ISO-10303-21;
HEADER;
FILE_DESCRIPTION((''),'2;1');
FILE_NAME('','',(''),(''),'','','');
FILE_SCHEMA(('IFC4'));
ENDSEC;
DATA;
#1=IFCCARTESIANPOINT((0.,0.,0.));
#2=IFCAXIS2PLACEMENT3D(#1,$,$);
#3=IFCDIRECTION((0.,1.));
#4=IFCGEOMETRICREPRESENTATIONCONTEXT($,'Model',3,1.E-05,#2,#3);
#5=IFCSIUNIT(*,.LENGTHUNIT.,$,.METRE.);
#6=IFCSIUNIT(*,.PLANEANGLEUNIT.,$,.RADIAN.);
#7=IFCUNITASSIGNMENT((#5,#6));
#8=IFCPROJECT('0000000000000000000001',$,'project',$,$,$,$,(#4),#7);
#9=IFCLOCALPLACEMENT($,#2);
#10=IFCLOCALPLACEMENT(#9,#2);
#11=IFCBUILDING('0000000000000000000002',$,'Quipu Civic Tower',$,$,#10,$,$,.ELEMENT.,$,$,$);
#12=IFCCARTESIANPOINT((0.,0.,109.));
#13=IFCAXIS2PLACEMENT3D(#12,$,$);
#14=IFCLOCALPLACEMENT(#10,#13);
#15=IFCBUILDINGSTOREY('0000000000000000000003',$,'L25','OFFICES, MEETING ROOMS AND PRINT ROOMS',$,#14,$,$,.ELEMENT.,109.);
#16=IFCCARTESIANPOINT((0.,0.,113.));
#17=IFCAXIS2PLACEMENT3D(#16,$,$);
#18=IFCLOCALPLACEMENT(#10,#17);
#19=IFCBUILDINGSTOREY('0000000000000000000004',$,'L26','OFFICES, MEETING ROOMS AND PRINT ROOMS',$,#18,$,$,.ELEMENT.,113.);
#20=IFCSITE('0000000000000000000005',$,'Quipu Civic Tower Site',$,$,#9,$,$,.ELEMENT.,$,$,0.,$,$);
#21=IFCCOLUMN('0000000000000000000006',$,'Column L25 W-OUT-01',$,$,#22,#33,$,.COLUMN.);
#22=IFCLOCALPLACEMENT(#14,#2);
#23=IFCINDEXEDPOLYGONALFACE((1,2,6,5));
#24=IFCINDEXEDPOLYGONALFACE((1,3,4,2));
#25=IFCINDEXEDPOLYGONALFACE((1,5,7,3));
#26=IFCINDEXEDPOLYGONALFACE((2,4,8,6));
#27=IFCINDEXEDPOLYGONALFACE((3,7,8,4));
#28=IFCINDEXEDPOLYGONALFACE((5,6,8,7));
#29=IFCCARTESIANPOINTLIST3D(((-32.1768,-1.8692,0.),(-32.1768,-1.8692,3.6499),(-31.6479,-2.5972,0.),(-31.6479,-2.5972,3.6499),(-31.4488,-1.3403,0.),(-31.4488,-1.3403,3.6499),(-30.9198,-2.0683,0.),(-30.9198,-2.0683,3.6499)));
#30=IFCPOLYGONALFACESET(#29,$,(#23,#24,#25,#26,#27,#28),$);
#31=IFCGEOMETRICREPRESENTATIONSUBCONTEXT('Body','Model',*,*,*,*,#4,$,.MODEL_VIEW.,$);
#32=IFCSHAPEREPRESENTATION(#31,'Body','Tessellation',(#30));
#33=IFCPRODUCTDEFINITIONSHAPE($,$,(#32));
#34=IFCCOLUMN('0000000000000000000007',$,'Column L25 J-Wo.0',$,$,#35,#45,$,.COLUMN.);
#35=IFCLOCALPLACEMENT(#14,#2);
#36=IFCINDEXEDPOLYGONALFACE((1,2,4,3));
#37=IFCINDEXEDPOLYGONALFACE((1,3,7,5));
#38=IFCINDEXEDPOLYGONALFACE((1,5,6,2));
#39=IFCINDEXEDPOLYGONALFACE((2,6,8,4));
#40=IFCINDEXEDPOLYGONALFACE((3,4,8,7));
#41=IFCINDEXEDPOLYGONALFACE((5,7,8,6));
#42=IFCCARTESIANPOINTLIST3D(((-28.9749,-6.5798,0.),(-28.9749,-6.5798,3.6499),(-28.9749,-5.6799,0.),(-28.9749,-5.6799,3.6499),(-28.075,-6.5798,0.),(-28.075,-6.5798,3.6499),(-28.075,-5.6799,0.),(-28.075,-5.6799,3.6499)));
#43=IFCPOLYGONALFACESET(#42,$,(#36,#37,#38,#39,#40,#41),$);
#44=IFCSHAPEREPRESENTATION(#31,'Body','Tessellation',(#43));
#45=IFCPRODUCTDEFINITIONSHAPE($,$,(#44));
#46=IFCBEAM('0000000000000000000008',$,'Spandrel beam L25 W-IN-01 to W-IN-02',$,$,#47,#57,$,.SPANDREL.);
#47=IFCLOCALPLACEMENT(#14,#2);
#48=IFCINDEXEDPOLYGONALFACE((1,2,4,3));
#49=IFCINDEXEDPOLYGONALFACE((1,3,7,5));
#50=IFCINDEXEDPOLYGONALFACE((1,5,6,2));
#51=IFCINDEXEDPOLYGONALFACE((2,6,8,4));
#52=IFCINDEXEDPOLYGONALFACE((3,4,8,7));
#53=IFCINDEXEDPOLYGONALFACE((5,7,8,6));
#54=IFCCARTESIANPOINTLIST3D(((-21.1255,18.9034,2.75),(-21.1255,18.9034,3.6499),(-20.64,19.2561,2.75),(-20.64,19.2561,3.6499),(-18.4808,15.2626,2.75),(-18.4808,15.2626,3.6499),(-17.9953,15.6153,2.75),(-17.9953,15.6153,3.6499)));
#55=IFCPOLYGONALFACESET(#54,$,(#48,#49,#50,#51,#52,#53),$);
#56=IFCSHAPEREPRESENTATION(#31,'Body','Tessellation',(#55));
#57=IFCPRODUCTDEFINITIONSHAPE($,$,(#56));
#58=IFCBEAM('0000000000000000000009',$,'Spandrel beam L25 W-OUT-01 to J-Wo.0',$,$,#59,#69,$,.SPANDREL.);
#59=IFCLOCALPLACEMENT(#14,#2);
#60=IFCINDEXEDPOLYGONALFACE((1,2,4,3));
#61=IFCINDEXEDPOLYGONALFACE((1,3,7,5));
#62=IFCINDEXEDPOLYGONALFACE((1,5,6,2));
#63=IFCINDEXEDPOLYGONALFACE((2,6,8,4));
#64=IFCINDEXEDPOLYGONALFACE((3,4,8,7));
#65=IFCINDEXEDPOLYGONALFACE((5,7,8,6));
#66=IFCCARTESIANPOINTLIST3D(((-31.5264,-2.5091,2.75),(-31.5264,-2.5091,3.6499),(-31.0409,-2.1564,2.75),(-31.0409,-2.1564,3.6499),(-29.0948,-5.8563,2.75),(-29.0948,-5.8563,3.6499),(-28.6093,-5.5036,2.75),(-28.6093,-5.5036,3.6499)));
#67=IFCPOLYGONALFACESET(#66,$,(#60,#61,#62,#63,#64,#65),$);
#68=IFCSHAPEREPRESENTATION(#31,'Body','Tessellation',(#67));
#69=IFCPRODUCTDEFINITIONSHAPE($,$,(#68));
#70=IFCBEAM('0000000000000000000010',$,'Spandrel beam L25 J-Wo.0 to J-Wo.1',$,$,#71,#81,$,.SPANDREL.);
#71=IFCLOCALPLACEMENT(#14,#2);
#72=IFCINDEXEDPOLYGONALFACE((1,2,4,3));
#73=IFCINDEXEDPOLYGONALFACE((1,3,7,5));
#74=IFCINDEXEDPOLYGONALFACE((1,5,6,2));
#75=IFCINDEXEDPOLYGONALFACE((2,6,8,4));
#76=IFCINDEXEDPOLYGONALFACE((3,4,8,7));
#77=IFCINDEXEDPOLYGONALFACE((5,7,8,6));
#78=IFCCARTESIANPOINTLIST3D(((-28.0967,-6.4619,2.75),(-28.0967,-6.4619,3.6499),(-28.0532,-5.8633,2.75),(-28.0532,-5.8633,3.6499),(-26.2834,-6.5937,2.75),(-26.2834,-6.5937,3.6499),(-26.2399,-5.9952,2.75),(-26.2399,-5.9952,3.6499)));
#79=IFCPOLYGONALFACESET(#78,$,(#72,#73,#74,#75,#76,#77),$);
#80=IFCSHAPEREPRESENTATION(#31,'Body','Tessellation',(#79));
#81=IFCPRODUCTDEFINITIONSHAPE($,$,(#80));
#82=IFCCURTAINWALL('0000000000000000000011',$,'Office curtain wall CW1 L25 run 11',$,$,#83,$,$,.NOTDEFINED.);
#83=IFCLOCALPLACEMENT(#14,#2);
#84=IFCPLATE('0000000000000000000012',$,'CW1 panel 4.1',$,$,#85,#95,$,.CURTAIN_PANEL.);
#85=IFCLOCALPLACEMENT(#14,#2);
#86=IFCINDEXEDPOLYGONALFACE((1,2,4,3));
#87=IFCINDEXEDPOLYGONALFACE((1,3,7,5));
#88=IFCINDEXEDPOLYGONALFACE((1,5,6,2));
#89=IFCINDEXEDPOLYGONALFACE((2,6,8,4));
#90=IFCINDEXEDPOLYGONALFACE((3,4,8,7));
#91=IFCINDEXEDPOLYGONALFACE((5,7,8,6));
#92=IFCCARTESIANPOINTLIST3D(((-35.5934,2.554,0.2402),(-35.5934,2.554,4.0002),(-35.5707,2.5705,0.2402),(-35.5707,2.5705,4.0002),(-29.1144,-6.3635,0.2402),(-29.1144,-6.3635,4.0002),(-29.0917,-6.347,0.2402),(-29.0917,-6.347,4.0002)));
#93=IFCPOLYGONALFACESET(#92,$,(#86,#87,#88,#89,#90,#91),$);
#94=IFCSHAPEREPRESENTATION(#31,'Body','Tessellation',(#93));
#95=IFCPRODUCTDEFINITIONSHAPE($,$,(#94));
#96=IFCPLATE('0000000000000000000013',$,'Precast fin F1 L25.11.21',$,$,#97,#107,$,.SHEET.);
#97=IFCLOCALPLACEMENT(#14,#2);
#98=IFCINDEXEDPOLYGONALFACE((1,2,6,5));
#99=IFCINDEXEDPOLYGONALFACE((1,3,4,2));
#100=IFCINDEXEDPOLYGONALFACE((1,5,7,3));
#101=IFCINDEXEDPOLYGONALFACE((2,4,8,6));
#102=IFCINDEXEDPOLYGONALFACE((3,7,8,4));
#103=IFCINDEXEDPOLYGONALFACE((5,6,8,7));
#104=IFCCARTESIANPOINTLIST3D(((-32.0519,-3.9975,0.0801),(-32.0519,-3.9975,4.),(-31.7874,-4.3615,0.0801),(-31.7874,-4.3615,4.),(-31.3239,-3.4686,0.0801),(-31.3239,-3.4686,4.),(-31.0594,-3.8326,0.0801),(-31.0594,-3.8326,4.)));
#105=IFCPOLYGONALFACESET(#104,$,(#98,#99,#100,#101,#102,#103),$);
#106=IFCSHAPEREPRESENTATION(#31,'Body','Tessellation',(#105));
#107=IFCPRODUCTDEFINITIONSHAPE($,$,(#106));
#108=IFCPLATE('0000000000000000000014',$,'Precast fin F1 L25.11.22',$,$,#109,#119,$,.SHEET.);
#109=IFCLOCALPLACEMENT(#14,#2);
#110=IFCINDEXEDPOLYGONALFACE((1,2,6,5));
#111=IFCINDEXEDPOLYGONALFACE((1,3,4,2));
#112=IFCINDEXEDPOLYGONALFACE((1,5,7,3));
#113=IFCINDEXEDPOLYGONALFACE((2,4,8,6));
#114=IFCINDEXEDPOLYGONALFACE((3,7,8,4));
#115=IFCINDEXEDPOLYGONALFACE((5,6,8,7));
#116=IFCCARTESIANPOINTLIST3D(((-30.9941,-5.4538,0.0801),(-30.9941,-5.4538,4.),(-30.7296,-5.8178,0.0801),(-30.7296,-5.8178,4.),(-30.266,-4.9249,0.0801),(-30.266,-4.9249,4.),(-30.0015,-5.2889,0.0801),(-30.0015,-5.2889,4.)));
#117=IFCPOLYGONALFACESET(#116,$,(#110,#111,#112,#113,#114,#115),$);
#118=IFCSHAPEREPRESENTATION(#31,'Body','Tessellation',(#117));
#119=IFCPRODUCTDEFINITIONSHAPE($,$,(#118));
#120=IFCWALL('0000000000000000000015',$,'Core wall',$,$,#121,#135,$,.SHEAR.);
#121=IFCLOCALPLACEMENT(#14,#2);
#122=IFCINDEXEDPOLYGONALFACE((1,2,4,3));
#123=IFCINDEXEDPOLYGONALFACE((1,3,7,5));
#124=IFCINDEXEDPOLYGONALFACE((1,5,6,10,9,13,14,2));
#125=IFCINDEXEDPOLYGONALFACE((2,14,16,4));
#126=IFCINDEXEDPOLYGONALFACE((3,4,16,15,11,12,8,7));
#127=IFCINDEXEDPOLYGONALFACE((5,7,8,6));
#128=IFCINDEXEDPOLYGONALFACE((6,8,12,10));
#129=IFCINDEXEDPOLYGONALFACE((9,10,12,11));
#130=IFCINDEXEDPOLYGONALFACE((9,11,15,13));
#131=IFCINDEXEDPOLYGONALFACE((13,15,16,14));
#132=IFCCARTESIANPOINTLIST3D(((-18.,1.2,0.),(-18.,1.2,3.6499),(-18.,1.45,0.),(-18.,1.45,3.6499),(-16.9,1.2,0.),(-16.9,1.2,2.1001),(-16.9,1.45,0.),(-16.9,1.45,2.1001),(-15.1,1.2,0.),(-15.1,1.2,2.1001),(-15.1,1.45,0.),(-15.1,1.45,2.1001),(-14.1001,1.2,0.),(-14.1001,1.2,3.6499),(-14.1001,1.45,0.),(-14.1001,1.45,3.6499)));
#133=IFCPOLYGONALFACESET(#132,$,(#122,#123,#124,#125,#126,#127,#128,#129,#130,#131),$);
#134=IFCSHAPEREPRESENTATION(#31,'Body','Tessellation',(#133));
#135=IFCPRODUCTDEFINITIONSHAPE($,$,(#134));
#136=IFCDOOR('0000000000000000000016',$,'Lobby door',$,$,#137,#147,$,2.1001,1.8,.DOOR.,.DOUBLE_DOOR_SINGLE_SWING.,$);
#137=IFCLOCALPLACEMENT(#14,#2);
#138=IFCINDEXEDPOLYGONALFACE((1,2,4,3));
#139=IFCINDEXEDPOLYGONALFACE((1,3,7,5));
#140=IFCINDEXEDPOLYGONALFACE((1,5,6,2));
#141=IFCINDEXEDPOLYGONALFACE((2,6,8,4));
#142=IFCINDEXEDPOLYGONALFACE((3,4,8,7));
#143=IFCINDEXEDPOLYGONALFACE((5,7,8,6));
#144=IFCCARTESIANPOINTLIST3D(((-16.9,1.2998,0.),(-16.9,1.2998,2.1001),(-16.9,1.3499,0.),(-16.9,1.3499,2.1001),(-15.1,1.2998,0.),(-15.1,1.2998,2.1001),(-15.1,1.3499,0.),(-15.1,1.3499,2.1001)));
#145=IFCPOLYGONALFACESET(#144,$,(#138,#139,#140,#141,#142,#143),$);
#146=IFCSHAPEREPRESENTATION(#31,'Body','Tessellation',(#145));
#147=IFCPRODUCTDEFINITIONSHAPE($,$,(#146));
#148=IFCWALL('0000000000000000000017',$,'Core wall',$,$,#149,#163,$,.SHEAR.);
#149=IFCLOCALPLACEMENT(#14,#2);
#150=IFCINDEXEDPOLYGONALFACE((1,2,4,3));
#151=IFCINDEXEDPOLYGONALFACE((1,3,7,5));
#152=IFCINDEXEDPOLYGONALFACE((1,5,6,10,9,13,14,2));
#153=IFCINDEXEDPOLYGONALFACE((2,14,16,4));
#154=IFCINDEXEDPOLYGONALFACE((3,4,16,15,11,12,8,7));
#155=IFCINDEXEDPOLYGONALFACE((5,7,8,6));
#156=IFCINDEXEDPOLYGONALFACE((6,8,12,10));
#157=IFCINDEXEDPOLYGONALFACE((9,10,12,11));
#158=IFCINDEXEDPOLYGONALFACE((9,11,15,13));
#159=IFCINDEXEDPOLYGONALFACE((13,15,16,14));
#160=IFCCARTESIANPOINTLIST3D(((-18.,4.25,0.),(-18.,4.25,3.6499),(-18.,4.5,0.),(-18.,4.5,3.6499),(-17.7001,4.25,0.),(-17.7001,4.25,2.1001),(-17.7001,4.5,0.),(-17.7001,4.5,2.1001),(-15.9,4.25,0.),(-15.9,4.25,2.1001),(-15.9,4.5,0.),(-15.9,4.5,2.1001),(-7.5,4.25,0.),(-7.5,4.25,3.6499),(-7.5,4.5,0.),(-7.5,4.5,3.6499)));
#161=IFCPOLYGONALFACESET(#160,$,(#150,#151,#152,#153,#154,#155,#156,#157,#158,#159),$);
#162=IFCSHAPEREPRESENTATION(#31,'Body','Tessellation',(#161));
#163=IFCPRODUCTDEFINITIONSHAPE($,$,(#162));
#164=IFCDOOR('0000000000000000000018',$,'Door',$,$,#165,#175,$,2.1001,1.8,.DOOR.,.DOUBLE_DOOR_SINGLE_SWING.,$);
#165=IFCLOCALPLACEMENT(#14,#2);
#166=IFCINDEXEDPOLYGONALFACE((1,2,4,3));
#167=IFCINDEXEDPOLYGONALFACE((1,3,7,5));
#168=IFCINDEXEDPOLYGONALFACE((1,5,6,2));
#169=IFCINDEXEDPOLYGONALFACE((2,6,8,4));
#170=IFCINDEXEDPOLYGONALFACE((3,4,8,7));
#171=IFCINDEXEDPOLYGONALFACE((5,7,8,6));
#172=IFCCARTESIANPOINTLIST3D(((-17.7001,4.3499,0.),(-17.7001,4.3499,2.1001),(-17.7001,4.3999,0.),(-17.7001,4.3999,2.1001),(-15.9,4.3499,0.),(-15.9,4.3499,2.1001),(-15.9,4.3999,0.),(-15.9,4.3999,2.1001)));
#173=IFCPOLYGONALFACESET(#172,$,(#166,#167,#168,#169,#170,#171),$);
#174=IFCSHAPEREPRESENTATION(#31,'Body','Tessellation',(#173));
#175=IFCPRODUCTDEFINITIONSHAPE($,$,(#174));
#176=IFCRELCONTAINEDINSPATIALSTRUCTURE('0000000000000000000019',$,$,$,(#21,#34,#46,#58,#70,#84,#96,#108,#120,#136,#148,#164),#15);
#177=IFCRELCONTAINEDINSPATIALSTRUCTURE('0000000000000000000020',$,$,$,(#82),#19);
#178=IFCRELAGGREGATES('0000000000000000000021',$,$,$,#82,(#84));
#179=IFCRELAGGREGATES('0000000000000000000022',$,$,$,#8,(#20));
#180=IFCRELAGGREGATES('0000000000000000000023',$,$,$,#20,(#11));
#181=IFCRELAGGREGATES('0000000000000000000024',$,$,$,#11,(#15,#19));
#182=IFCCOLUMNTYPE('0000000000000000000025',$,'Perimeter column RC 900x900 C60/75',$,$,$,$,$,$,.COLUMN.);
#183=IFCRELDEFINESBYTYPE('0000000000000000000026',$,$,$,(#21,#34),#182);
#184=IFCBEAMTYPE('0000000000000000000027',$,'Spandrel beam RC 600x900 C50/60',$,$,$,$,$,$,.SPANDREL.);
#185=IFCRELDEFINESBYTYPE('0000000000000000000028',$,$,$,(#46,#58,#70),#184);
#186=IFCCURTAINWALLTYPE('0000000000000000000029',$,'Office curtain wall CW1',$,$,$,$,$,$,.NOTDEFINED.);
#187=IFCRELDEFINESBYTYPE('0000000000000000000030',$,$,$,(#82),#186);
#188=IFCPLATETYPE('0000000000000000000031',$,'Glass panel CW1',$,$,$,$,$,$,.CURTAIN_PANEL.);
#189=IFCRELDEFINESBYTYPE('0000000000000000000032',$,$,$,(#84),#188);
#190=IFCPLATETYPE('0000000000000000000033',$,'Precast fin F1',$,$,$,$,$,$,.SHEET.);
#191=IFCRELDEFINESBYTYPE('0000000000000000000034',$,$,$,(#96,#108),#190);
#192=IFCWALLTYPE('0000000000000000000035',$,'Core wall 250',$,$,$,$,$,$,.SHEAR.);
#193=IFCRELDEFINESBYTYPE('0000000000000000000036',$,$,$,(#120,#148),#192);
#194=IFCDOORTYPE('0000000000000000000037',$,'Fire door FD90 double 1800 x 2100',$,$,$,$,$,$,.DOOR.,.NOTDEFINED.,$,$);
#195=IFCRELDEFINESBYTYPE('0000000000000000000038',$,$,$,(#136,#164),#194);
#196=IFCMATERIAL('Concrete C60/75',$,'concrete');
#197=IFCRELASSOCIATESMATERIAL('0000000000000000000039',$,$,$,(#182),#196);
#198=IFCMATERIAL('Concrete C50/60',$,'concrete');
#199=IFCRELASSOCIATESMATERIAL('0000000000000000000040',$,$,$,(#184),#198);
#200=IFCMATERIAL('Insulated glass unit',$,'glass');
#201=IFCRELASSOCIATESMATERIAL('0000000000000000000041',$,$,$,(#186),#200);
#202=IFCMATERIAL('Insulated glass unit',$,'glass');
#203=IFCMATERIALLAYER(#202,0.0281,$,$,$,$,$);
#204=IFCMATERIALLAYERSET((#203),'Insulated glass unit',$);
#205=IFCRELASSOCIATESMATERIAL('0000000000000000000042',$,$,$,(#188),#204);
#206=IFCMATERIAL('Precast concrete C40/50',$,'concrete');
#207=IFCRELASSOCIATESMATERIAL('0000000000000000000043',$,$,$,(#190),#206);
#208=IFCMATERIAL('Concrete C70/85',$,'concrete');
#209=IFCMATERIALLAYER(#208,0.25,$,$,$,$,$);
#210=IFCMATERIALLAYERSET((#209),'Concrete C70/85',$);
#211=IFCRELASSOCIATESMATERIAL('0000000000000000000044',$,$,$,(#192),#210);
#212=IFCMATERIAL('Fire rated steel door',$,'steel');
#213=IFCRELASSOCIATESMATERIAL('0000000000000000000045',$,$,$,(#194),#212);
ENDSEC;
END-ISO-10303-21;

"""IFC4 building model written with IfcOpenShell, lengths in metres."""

from ifc_helpers import new_model, si_unit, direction, frame, frame_2d, origin, origin_2d, place, context, subcontext, project, spatial, rectangle, extrude, material, layer, layer_set, material_profile, profile_set, type_object, element, fill, aggregate, save


model = new_model("IFC4")

# Units and contexts
model_context = context("Model", 3, precision=1e-05, world=origin(), true_north=direction((0.0, 1.0)))
body_context = subcontext(model_context, "Body", "Model", "MODEL_VIEW")
ifc_project = project(units=[si_unit("LENGTHUNIT", "METRE"), si_unit("PLANEANGLEUNIT", "RADIAN")], contexts=[model_context])

# Site, building, storey
site_placement = place(None, origin())
site = spatial("IfcSite", under=ifc_project, at=site_placement, Name="Quipu Civic Tower Site", CompositionType="ELEMENT", RefElevation=0.0)
building_placement = place(site_placement, origin())
building = spatial("IfcBuilding", under=site, at=building_placement, Name="Quipu Civic Tower", CompositionType="ELEMENT")
storey_1_placement = place(building_placement, frame((0.0, 0.0, 109.0)))
storey_1 = spatial("IfcBuildingStorey", under=building, at=storey_1_placement, Name="L25", Description="OFFICES, MEETING ROOMS AND PRINT ROOMS", CompositionType="ELEMENT", Elevation=109.0)

# Columns
ifc_material_1 = material(Name="Concrete C60/75", Category="concrete")
ifc_material_profile_1 = material_profile(ifc_material_1, rectangle(XDim=0.8999, YDim=0.8999, at=origin_2d()), Name="RC900x900")
ifc_profile_set_1 = profile_set([ifc_material_profile_1], Name="Concrete C60/75")
column_type = type_object("IfcColumnType", Name="Perimeter column RC 900x900 C60/75", PredefinedType="COLUMN", material=ifc_profile_set_1)
for number, where, z_axis, x_axis, name in (
    (1, (-31.5483, -1.9688, 0.0), (0.0, 0.0, 1.0), (0.587785, -0.809017, 0.0), "Column L25 W-OUT-01"),
    (2, (-28.5249, -6.1299, 0.0), (0.0, 0.0, 1.0), (1.0, 0.0, 0.0), "Column L25 J-Wo.0"),
):
    element("IfcColumn", number, at=place(storey_1_placement, frame(where, z_axis=z_axis, x_axis=x_axis)), inside=storey_1, type_object=column_type, Name=name, PredefinedType="COLUMN", context=body_context, shape_type="SweptSolid", body=[
        extrude(rectangle(XDim=0.8999, YDim=0.8999, at=origin_2d()), origin(), (0.0, 0.0, 1.0), 3.6499),
    ])

# Beams
ifc_material_2 = material(Name="Concrete C50/60", Category="concrete")
ifc_material_profile_2 = material_profile(ifc_material_2, rectangle(XDim=0.6001, YDim=0.8999, at=origin_2d()), Name="RC600x900")
ifc_profile_set_2 = profile_set([ifc_material_profile_2], Name="Concrete C50/60")
beam_type = type_object("IfcBeamType", Name="Spandrel beam RC 600x900 C50/60", PredefinedType="SPANDREL", material=ifc_profile_set_2)
beam_1_placement = place(storey_1_placement, frame((-18.238, 15.439, 3.2), z_axis=(-0.587717, 0.809067, 0.0), x_axis=(-0.809067, -0.587717, 0.0)))
element("IfcBeam", 3, at=beam_1_placement, inside=storey_1, type_object=beam_type, Name="Spandrel beam L25 W-IN-01 to W-IN-02", PredefinedType="SPANDREL", context=body_context, shape_type="SweptSolid", body=[
    extrude(rectangle(XDim=0.6001, YDim=0.8999, at=origin_2d()), origin(), (0.0, 0.0, 1.0), 4.5),
])
beam_2_placement = place(storey_1_placement, frame((-31.2837, -2.3328, 3.2), z_axis=(0.587751, -0.809042, 0.0), x_axis=(0.809042, 0.587751, 0.0)))
element("IfcBeam", 4, at=beam_2_placement, inside=storey_1, type_object=beam_type, Name="Spandrel beam L25 W-OUT-01 to J-Wo.0", PredefinedType="SPANDREL", context=body_context, shape_type="SweptSolid", body=[
    extrude(rectangle(XDim=0.6001, YDim=0.8999, at=origin_2d()), origin(), (0.0, 0.0, 1.0), 4.1372),
])
beam_3_placement = place(storey_1_placement, frame((-28.075, -6.1626, 3.2), z_axis=(0.997367, -0.072516, 0.0), x_axis=(0.072516, 0.997367, 0.0)))
element("IfcBeam", 5, at=beam_3_placement, inside=storey_1, type_object=beam_type, Name="Spandrel beam L25 J-Wo.0 to J-Wo.1", PredefinedType="SPANDREL", context=body_context, shape_type="SweptSolid", body=[
    extrude(rectangle(XDim=0.6001, YDim=0.8999, at=origin_2d()), origin(), (0.0, 0.0, 1.0), 1.8181),
])

# Shared definitions
storey_2_placement = place(building_placement, frame((0.0, 0.0, 113.0)))
storey_2 = spatial("IfcBuildingStorey", under=building, at=storey_2_placement, Name="L26", Description="OFFICES, MEETING ROOMS AND PRINT ROOMS", CompositionType="ELEMENT", Elevation=113.0)

# Curtain wall, plate
ifc_material_3 = material(Name="Insulated glass unit", Category="glass")
curtain_wall_type = type_object("IfcCurtainWallType", Name="Office curtain wall CW1", PredefinedType="NOTDEFINED", material=ifc_material_3)
curtain_wall_placement = place(storey_2_placement, origin())
curtain_wall = element("IfcCurtainWall", 6, at=curtain_wall_placement, inside=storey_2, type_object=curtain_wall_type, Name="Office curtain wall CW1 L25 run 11", PredefinedType="NOTDEFINED")
ifc_material_4 = material(Name="Insulated glass unit", Category="glass")
ifc_layer_1 = layer(ifc_material_4, 0.0281)
ifc_layer_set_1 = layer_set([ifc_layer_1], Name="Insulated glass unit")
plate_type_1 = type_object("IfcPlateType", Name="Glass panel CW1", PredefinedType="CURTAIN_PANEL", material=ifc_layer_set_1)
plate_placement = place(storey_1_placement, frame((-32.3425, -1.8965, 0.2402), z_axis=(0.0, 0.0, 1.0), x_axis=(0.587786, -0.809017, 0.0)))
plate = element("IfcPlate", 7, at=plate_placement, inside=storey_1, type_object=plate_type_1, Name="CW1 panel 4.1", PredefinedType="CURTAIN_PANEL", context=body_context, shape_type="SweptSolid", body=[
    extrude(rectangle(XDim=11.0227, YDim=0.0281, at=origin_2d()), origin(), (0.0, 0.0, 1.0), 3.76),
])
aggregate(curtain_wall, [plate])

# Plates
ifc_material_5 = material(Name="Precast concrete C40/50", Category="concrete")
plate_type_2 = type_object("IfcPlateType", Name="Precast fin F1", PredefinedType="SHEET", material=ifc_material_5)
for number, where, z_axis, x_axis, name in (
    (8, (-31.5557, -3.915, 0.0801), (0.0, 0.0, 1.0), (0.587786, -0.809017, 0.0), "Precast fin F1 L25.11.21"),
    (9, (-30.4978, -5.3713, 0.0801), (0.0, 0.0, 1.0), (0.587786, -0.809017, 0.0), "Precast fin F1 L25.11.22"),
):
    element("IfcPlate", number, at=place(storey_1_placement, frame(where, z_axis=z_axis, x_axis=x_axis)), inside=storey_1, type_object=plate_type_2, Name=name, PredefinedType="SHEET", context=body_context, shape_type="SweptSolid", body=[
        extrude(rectangle(XDim=0.45, YDim=0.8999, at=origin_2d()), origin(), (0.0, 0.0, 1.0), 3.9199),
    ])

# Walls, openings, doors
ifc_material_6 = material(Name="Concrete C70/85", Category="concrete")
ifc_layer_2 = layer(ifc_material_6, 0.25)
ifc_layer_set_2 = layer_set([ifc_layer_2], Name="Concrete C70/85")
wall_type_1 = type_object("IfcWallType", Name="Core wall 250", PredefinedType="SHEAR", material=ifc_layer_set_2)
wall_1_placement = place(storey_1_placement, frame((-18.0, 1.325, 0.0), z_axis=(0.0, 0.0, 1.0), x_axis=(1.0, 0.0, 0.0)))
wall_1 = element("IfcWall", 10, at=wall_1_placement, inside=storey_1, type_object=wall_type_1, Name="Core wall", PredefinedType="SHEAR", context=body_context, shape_type="SweptSolid", body=[
    extrude(rectangle(XDim=3.8999, YDim=0.25, at=frame_2d((1.95, 0.0))), origin(), (0.0, 0.0, 1.0), 3.6499),
])
opening_1_placement = place(wall_1_placement, frame((1.1001, 0.0, 0.0)))
opening_1 = element("IfcOpeningElement", 11, at=opening_1_placement, cuts=wall_1, PredefinedType="OPENING", context=body_context, shape_type="SweptSolid", body=[
    extrude(rectangle(XDim=1.8, YDim=2.1001, at=frame_2d((0.8999, 1.05))), frame((0.0, 0.135, 0.0), z_axis=(0.0, -1.0, 0.0), x_axis=(1.0, 0.0, 0.0)), (0.0, 0.0, 1.0), 0.27),
])
ifc_material_7 = material(Name="Fire rated steel door", Category="steel")
door_type_1 = type_object("IfcDoorType", Name="Fire door FD90 double 1800 x 2100", OperationType="NOTDEFINED", PredefinedType="DOOR", material=ifc_material_7)
door_1_placement = place(opening_1_placement, origin())
door_1 = element("IfcDoor", 12, at=door_1_placement, inside=storey_1, type_object=door_type_1, Name="Lobby door", OperationType="DOUBLE_DOOR_SINGLE_SWING", OverallHeight=2.1001, OverallWidth=1.8, PredefinedType="DOOR", context=body_context, shape_type="SweptSolid", body=[
    extrude(rectangle(XDim=1.8, YDim=2.1001, at=frame_2d((0.8999, 1.05))), frame((0.0, 0.0249, 0.0), z_axis=(0.0, -1.0, 0.0), x_axis=(1.0, 0.0, 0.0)), (0.0, 0.0, 1.0), 0.05),
])
fill(opening_1, door_1)
wall_2_placement = place(storey_1_placement, frame((-18.0, 4.375, 0.0), z_axis=(0.0, 0.0, 1.0), x_axis=(1.0, 0.0, 0.0)))
wall_2 = element("IfcWall", 13, at=wall_2_placement, inside=storey_1, type_object=wall_type_1, Name="Core wall", PredefinedType="SHEAR", context=body_context, shape_type="SweptSolid", body=[
    extrude(rectangle(XDim=10.5, YDim=0.25, at=frame_2d((5.25, 0.0))), origin(), (0.0, 0.0, 1.0), 3.6499),
])
opening_2_placement = place(wall_2_placement, frame((0.3, 0.0, 0.0)))
opening_2 = element("IfcOpeningElement", 14, at=opening_2_placement, cuts=wall_2, PredefinedType="OPENING", context=body_context, shape_type="SweptSolid", body=[
    extrude(rectangle(XDim=1.8, YDim=2.1001, at=frame_2d((0.8999, 1.05))), frame((0.0, 0.135, 0.0), z_axis=(0.0, -1.0, 0.0), x_axis=(1.0, 0.0, 0.0)), (0.0, 0.0, 1.0), 0.27),
])
door_2_placement = place(opening_2_placement, origin())
door_2 = element("IfcDoor", 15, at=door_2_placement, inside=storey_1, type_object=door_type_1, Name="Door", OperationType="DOUBLE_DOOR_SINGLE_SWING", OverallHeight=2.1001, OverallWidth=1.8, PredefinedType="DOOR", context=body_context, shape_type="SweptSolid", body=[
    extrude(rectangle(XDim=1.8, YDim=2.1001, at=frame_2d((0.8999, 1.05))), frame((0.0, 0.0249, 0.0), z_axis=(0.0, -1.0, 0.0), x_axis=(1.0, 0.0, 0.0)), (0.0, 0.0, 1.0), 0.05),
])
fill(opening_2, door_2)

save(model, "model.ifc")
